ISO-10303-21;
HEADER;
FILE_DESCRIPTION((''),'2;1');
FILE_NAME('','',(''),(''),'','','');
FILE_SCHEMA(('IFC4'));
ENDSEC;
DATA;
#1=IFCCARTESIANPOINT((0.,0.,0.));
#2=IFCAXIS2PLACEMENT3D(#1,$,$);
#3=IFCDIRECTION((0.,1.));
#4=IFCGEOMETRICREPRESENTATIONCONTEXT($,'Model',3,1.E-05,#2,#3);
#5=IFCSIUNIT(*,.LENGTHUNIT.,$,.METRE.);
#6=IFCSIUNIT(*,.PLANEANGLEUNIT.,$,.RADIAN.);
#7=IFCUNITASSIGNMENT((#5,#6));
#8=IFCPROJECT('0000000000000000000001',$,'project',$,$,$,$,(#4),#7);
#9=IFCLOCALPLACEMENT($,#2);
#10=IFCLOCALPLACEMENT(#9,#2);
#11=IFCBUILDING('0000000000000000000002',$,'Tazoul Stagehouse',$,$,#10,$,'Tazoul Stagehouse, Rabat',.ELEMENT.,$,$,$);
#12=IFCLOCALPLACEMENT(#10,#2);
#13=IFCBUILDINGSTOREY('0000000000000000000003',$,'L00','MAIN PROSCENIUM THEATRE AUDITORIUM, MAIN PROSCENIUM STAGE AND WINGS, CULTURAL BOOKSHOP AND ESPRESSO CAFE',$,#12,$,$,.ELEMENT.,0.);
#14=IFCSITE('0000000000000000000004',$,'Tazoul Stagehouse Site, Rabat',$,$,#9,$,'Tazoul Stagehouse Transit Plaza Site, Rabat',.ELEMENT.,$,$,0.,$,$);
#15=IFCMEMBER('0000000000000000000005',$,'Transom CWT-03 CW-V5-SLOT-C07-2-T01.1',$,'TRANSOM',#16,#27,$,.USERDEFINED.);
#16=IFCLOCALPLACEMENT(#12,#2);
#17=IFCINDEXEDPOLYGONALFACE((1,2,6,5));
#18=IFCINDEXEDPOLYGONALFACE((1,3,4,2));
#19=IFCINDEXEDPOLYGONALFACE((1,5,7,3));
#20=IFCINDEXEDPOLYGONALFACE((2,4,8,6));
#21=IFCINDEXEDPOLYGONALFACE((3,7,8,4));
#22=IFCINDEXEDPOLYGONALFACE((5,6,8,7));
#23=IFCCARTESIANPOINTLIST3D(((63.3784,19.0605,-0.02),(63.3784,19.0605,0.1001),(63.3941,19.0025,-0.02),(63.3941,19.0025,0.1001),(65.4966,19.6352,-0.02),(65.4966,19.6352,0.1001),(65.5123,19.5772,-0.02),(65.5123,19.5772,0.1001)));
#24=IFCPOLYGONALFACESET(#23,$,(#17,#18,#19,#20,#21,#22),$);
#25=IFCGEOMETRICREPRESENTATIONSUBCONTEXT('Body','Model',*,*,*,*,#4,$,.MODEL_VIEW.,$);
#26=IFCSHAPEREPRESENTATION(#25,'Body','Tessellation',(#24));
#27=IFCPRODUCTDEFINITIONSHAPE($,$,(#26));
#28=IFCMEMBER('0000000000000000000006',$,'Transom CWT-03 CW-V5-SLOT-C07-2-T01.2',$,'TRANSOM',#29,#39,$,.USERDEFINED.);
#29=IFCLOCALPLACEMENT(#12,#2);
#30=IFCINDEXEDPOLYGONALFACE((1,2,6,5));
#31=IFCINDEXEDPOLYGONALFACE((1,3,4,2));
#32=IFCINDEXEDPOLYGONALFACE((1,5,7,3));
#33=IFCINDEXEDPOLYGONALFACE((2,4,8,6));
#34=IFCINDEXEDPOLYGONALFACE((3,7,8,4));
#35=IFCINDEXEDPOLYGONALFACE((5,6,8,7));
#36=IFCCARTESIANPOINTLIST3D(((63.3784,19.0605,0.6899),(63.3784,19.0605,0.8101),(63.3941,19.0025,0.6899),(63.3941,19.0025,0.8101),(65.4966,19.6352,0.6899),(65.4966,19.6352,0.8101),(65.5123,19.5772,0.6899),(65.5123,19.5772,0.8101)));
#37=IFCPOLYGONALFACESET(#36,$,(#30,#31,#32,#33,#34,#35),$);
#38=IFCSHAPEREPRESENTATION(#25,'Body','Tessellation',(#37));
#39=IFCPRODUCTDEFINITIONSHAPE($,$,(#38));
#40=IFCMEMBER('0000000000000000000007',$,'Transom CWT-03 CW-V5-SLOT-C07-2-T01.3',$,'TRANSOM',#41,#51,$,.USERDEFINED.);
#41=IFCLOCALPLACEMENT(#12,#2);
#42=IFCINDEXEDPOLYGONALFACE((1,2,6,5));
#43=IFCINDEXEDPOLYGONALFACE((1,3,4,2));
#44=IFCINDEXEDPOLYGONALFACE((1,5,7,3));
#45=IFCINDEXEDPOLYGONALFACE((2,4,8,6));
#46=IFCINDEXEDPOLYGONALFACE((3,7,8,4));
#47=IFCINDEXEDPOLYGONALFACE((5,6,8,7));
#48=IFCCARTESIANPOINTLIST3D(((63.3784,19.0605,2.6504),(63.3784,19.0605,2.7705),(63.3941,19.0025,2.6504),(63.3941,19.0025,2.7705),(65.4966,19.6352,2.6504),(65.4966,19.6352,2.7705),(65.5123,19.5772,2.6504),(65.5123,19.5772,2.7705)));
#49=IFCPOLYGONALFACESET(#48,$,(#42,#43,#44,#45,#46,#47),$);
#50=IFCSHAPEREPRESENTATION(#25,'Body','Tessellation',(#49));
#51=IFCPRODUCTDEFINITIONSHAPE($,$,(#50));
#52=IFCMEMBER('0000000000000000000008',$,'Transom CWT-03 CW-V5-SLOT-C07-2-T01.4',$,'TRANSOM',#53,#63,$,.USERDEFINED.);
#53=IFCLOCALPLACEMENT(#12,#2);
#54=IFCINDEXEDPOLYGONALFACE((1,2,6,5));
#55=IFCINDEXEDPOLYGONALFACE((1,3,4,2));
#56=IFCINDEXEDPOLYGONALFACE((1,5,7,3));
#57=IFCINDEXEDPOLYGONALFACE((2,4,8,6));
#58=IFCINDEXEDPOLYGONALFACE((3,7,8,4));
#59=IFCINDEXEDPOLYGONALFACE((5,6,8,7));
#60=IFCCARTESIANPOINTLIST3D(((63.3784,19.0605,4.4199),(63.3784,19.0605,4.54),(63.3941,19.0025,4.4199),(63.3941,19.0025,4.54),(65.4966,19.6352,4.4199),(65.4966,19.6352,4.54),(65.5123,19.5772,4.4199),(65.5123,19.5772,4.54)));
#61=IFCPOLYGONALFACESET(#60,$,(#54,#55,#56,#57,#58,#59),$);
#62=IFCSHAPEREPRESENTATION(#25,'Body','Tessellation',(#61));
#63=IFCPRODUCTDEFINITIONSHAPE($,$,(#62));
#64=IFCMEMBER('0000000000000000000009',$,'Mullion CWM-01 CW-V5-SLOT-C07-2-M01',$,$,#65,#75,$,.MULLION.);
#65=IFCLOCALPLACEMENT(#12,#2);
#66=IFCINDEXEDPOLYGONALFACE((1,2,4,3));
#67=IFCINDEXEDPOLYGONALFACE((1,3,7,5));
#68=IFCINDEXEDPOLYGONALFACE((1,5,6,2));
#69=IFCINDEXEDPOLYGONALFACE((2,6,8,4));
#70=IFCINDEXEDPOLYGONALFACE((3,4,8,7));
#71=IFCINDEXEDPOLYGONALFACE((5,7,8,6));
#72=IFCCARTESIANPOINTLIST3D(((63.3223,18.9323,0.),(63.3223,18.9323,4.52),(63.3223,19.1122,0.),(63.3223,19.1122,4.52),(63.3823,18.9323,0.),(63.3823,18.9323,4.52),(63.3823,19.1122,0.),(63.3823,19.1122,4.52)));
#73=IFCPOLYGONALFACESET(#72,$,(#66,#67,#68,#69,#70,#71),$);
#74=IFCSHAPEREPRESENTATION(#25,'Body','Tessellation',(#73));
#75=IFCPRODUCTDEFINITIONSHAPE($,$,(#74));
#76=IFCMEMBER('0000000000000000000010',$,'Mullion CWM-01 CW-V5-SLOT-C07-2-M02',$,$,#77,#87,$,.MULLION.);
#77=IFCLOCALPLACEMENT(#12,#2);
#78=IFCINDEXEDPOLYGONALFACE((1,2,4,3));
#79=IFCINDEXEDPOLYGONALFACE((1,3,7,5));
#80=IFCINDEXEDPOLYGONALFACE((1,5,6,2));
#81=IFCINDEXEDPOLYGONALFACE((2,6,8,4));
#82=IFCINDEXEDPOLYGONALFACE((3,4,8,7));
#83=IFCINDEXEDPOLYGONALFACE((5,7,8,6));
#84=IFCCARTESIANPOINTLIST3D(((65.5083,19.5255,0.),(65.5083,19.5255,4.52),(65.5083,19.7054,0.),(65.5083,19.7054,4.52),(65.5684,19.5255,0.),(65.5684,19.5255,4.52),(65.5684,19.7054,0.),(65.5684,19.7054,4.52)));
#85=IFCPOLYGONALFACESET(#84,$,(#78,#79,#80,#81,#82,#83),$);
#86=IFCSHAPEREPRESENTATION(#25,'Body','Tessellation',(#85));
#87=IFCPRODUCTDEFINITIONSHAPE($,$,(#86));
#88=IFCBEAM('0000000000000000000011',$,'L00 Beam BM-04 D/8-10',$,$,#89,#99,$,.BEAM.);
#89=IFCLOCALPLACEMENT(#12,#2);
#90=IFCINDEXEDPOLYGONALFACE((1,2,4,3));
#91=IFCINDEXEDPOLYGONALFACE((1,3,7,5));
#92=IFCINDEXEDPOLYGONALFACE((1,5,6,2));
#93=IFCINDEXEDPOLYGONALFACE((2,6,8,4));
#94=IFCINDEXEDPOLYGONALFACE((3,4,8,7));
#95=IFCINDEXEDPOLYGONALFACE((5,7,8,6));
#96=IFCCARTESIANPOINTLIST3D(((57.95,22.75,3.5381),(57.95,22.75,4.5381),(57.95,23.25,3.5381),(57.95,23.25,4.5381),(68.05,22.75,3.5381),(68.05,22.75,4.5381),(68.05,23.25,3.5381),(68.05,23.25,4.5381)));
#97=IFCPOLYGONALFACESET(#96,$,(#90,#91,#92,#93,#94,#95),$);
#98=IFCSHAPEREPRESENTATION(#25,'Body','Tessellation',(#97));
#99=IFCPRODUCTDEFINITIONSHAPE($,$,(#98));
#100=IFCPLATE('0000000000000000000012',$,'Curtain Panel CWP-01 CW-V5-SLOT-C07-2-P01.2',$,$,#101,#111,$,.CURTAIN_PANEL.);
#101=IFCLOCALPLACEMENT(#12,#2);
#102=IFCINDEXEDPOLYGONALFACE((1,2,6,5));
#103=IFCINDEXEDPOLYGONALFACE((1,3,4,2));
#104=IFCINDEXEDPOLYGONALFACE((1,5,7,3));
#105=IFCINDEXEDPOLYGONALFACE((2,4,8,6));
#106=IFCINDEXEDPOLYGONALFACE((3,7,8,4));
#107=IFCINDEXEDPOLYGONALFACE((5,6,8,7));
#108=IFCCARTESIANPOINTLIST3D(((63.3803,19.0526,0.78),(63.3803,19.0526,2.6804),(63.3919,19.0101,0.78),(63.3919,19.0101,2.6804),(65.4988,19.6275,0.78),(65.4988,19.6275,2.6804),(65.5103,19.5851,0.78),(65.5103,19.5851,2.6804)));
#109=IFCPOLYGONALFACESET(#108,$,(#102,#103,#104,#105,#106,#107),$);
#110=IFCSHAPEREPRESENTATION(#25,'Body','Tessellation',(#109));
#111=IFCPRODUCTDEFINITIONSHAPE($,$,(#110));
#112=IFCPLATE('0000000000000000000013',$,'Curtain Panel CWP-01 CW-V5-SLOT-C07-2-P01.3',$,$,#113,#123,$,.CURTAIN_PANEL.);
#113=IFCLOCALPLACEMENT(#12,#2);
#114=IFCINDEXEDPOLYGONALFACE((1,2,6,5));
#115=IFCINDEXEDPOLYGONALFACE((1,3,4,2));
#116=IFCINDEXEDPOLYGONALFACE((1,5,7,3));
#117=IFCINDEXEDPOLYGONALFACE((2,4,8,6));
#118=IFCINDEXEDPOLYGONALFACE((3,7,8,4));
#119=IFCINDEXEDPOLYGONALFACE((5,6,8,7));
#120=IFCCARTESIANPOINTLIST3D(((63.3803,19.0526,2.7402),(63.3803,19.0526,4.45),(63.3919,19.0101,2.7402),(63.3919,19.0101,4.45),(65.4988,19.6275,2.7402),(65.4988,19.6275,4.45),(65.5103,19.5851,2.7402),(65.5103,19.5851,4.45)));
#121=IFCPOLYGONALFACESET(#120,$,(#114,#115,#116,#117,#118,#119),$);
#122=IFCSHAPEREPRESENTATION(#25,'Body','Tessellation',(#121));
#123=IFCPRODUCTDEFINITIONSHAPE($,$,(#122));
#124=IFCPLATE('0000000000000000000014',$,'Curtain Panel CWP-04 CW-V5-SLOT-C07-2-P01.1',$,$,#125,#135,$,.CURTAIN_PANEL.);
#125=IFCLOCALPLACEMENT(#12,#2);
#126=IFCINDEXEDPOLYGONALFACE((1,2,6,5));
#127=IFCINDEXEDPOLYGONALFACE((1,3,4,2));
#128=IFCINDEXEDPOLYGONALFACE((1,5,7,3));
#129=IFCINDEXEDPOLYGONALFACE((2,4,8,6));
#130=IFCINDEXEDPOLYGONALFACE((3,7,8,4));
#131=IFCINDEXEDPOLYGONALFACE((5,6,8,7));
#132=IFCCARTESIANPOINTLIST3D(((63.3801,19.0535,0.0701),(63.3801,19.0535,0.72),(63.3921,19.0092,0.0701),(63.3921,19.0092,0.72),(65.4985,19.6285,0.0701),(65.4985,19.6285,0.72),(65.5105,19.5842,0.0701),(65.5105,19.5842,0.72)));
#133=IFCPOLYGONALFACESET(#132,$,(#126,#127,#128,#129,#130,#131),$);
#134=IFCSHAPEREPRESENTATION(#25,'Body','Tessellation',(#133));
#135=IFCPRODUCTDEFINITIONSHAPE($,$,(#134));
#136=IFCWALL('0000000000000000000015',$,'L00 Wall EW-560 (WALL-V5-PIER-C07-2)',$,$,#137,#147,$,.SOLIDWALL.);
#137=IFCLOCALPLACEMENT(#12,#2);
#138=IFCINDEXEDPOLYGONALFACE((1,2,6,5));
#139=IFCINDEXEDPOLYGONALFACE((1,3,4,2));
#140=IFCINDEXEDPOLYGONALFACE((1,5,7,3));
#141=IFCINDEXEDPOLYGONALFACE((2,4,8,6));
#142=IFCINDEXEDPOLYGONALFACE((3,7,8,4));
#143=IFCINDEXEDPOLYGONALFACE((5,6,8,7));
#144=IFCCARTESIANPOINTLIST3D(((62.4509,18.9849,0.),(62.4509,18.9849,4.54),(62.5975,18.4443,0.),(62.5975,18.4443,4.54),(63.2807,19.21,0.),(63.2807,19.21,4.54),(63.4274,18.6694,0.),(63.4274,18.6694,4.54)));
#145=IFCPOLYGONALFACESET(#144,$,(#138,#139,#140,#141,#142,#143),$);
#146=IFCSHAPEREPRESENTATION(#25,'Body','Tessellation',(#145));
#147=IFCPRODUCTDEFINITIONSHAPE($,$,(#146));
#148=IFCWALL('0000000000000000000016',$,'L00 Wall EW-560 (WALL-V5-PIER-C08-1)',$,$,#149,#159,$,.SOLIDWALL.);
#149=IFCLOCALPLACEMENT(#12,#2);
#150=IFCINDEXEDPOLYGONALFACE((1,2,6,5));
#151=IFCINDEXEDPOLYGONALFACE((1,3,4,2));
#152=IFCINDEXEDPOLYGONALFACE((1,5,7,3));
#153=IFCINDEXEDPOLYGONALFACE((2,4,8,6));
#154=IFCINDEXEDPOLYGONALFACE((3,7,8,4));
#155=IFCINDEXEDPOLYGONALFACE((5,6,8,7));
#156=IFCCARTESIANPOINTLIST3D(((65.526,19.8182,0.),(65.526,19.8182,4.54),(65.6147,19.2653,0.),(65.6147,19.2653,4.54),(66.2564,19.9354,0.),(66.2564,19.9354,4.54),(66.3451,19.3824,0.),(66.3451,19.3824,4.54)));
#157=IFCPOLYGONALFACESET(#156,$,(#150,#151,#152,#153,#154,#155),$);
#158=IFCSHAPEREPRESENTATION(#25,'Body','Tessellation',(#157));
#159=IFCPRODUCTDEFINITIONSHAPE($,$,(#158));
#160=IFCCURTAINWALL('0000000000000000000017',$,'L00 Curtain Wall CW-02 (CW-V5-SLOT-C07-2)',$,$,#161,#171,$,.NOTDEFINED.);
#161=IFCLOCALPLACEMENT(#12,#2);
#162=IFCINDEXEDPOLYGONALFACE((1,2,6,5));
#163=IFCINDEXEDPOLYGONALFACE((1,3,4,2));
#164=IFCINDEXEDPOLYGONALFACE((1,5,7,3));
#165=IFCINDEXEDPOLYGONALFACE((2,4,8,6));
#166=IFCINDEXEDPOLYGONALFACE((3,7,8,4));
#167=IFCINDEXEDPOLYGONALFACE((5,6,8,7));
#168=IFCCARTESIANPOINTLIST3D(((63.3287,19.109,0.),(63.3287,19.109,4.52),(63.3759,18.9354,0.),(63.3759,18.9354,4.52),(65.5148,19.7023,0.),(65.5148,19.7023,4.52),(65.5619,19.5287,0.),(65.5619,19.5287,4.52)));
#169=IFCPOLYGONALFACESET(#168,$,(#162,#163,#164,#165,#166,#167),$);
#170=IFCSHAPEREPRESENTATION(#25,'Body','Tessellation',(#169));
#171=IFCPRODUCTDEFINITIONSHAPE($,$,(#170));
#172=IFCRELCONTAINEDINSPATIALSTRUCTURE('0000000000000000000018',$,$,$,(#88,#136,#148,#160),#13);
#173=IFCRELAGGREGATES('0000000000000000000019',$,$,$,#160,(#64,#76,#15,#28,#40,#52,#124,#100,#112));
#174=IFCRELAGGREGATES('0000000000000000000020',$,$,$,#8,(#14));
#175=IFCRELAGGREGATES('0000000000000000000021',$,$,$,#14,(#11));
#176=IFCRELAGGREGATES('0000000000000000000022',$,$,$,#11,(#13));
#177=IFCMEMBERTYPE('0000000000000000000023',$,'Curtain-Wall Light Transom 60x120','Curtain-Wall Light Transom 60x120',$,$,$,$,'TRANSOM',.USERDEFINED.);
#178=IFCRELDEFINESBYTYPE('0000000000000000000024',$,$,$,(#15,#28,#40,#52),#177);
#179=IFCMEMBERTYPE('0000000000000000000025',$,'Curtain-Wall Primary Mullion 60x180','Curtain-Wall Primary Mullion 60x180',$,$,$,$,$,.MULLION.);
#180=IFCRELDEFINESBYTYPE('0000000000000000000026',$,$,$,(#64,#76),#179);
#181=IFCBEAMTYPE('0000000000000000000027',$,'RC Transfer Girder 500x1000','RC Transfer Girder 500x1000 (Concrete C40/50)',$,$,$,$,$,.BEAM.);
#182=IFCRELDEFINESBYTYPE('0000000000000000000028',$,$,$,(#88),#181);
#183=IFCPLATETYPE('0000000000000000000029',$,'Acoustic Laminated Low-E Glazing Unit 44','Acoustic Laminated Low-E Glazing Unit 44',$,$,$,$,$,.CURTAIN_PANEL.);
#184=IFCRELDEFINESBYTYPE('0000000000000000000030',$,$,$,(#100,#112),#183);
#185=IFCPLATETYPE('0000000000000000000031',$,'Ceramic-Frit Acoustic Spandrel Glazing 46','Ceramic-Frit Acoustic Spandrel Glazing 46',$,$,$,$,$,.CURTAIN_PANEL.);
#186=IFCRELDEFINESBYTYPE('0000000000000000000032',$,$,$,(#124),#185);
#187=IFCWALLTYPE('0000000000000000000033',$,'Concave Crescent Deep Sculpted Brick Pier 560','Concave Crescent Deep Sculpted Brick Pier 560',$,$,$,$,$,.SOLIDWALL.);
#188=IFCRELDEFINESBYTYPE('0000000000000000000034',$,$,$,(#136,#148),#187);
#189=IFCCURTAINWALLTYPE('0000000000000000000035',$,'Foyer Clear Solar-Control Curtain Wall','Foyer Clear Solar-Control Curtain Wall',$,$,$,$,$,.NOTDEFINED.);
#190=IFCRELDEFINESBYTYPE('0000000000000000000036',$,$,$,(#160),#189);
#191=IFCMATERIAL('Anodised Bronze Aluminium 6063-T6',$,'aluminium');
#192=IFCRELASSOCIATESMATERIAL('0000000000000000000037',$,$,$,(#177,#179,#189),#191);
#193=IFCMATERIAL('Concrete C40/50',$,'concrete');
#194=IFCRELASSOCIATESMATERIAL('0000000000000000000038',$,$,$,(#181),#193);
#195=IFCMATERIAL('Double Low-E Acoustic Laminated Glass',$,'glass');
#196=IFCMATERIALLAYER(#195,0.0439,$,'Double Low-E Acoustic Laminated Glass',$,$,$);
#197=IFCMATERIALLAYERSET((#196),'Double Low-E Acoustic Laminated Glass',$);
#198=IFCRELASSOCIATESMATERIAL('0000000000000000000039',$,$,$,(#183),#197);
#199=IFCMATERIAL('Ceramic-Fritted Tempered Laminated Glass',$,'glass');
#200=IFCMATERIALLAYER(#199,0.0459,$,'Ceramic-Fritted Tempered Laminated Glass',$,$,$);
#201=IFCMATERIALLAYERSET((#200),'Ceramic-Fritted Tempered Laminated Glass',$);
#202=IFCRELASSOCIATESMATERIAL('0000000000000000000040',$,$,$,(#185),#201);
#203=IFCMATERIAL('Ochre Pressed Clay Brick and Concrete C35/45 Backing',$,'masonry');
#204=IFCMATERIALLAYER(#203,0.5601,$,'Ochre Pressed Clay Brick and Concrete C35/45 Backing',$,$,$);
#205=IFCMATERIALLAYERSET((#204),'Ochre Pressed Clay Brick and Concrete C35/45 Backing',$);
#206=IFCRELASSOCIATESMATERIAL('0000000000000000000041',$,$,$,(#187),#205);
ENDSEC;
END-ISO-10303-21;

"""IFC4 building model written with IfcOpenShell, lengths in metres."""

from ifc_helpers import new_model, si_unit, direction, frame, frame_2d, origin, origin_2d, place, context, subcontext, project, spatial, rectangle, extrude, material, layer, layer_set, material_profile, profile_set, type_object, element, aggregate, save


model = new_model("IFC4")

# Units and contexts
model_context = context("Model", 3, precision=1e-05, world=origin(), true_north=direction((0.0, 1.0)))
body_context = subcontext(model_context, "Body", "Model", "MODEL_VIEW")
ifc_project = project(units=[si_unit("LENGTHUNIT", "METRE"), si_unit("PLANEANGLEUNIT", "RADIAN")], contexts=[model_context])

# Members
ifc_material_1 = material(Name="Anodised Bronze Aluminium 6063-T6", Category="aluminium")
ifc_material_profile_1 = material_profile(ifc_material_1, rectangle(XDim=0.0601, YDim=0.1201, at=origin_2d()), Name="ALU TRANSOM 60x120")
ifc_profile_set_1 = profile_set([ifc_material_profile_1], Name="Anodised Bronze Aluminium 6063-T6")
member_type_1 = type_object("IfcMemberType", Name="Curtain-Wall Light Transom 60x120", Description="Curtain-Wall Light Transom 60x120", ElementType="TRANSOM", PredefinedType="USERDEFINED", material=ifc_profile_set_1)
site_placement = place(None, origin())
building_placement = place(site_placement, origin())
storey_placement = place(building_placement, origin())
member_1_placement = place(storey_placement, frame((63.3862, 19.0315, 0.04), z_axis=(0.965107, 0.261856, 0.0), x_axis=(-0.261856, 0.965107, 0.0)))
member_1 = element("IfcMember", 1, at=member_1_placement, type_object=member_type_1, Name="Transom CWT-03 CW-V5-SLOT-C07-2-T01.1", ObjectType="TRANSOM", PredefinedType="USERDEFINED", context=body_context, shape_type="SweptSolid", body=[
    extrude(rectangle(XDim=0.0601, YDim=0.1201, at=origin_2d()), origin(), (0.0, 0.0, 1.0), 2.1948),
])
member_2_placement = place(storey_placement, frame((63.3862, 19.0315, 0.75), z_axis=(0.965107, 0.261856, 0.0), x_axis=(-0.261856, 0.965107, 0.0)))
member_2 = element("IfcMember", 2, at=member_2_placement, type_object=member_type_1, Name="Transom CWT-03 CW-V5-SLOT-C07-2-T01.2", ObjectType="TRANSOM", PredefinedType="USERDEFINED", context=body_context, shape_type="SweptSolid", body=[
    extrude(rectangle(XDim=0.0601, YDim=0.1201, at=origin_2d()), origin(), (0.0, 0.0, 1.0), 2.1948),
])
member_3_placement = place(storey_placement, frame((63.3862, 19.0315, 2.7104), z_axis=(0.965107, 0.261856, 0.0), x_axis=(-0.261856, 0.965107, 0.0)))
member_3 = element("IfcMember", 3, at=member_3_placement, type_object=member_type_1, Name="Transom CWT-03 CW-V5-SLOT-C07-2-T01.3", ObjectType="TRANSOM", PredefinedType="USERDEFINED", context=body_context, shape_type="SweptSolid", body=[
    extrude(rectangle(XDim=0.0601, YDim=0.1201, at=origin_2d()), origin(), (0.0, 0.0, 1.0), 2.1948),
])
member_4_placement = place(storey_placement, frame((63.3862, 19.0315, 4.48), z_axis=(0.965107, 0.261856, 0.0), x_axis=(-0.261856, 0.965107, 0.0)))
member_4 = element("IfcMember", 4, at=member_4_placement, type_object=member_type_1, Name="Transom CWT-03 CW-V5-SLOT-C07-2-T01.4", ObjectType="TRANSOM", PredefinedType="USERDEFINED", context=body_context, shape_type="SweptSolid", body=[
    extrude(rectangle(XDim=0.0601, YDim=0.1201, at=origin_2d()), origin(), (0.0, 0.0, 1.0), 2.1948),
])
ifc_material_profile_2 = material_profile(ifc_material_1, rectangle(XDim=0.0601, YDim=0.1799, at=origin_2d()), Name="ALU MULLION 60x180")
ifc_profile_set_2 = profile_set([ifc_material_profile_2], Name="Anodised Bronze Aluminium 6063-T6")
member_type_2 = type_object("IfcMemberType", Name="Curtain-Wall Primary Mullion 60x180", Description="Curtain-Wall Primary Mullion 60x180", PredefinedType="MULLION", material=ifc_profile_set_2)
member_5_placement = place(storey_placement, frame((63.3523, 19.0222, 0.0), z_axis=(0.0, 0.0, 1.0), x_axis=(1.0, 0.0, 0.0)))
member_5 = element("IfcMember", 5, at=member_5_placement, type_object=member_type_2, Name="Mullion CWM-01 CW-V5-SLOT-C07-2-M01", PredefinedType="MULLION", context=body_context, shape_type="SweptSolid", body=[
    extrude(rectangle(XDim=0.0601, YDim=0.1799, at=origin_2d()), origin(), (0.0, 0.0, 1.0), 4.52),
])
member_6_placement = place(storey_placement, frame((65.5383, 19.6155, 0.0), z_axis=(0.0, 0.0, 1.0), x_axis=(1.0, 0.0, 0.0)))
member_6 = element("IfcMember", 6, at=member_6_placement, type_object=member_type_2, Name="Mullion CWM-01 CW-V5-SLOT-C07-2-M02", PredefinedType="MULLION", context=body_context, shape_type="SweptSolid", body=[
    extrude(rectangle(XDim=0.0601, YDim=0.1799, at=origin_2d()), origin(), (0.0, 0.0, 1.0), 4.52),
])

# Site, building, storey
site = spatial("IfcSite", under=ifc_project, at=site_placement, Name="Tazoul Stagehouse Site, Rabat", LongName="Tazoul Stagehouse Transit Plaza Site, Rabat", CompositionType="ELEMENT", RefElevation=0.0)
building = spatial("IfcBuilding", under=site, at=building_placement, Name="Tazoul Stagehouse", LongName="Tazoul Stagehouse, Rabat", CompositionType="ELEMENT")
storey = spatial("IfcBuildingStorey", under=building, at=storey_placement, Name="L00", Description="MAIN PROSCENIUM THEATRE AUDITORIUM, MAIN PROSCENIUM STAGE AND WINGS, CULTURAL BOOKSHOP AND ESPRESSO CAFE", CompositionType="ELEMENT", Elevation=0.0)

# Beam
ifc_material_2 = material(Name="Concrete C40/50", Category="concrete")
ifc_material_profile_3 = material_profile(ifc_material_2, rectangle(XDim=0.5, YDim=1.0, at=origin_2d()), Name="RC 500x1000")
ifc_profile_set_3 = profile_set([ifc_material_profile_3], Name="Concrete C40/50")
beam_type = type_object("IfcBeamType", Name="RC Transfer Girder 500x1000", Description="RC Transfer Girder 500x1000 (Concrete C40/50)", PredefinedType="BEAM", material=ifc_profile_set_3)
beam_placement = place(storey_placement, frame((57.95, 23.0, 4.0381), z_axis=(1.0, 0.0, 0.0), x_axis=(0.0, 1.0, 0.0)))
element("IfcBeam", 7, at=beam_placement, inside=storey, type_object=beam_type, Name="L00 Beam BM-04 D/8-10", PredefinedType="BEAM", context=body_context, shape_type="SweptSolid", body=[
    extrude(rectangle(XDim=0.5, YDim=1.0, at=origin_2d()), origin(), (0.0, 0.0, 1.0), 10.1001),
])

# Plates
ifc_material_3 = material(Name="Double Low-E Acoustic Laminated Glass", Category="glass")
ifc_layer_1 = layer(ifc_material_3, 0.0439, Name="Double Low-E Acoustic Laminated Glass")
ifc_layer_set_1 = layer_set([ifc_layer_1], Name="Double Low-E Acoustic Laminated Glass")
plate_type_1 = type_object("IfcPlateType", Name="Acoustic Laminated Low-E Glazing Unit 44", Description="Acoustic Laminated Low-E Glazing Unit 44", PredefinedType="CURTAIN_PANEL", material=ifc_layer_set_1)
plate_1_placement = place(storey_placement, frame((64.4453, 19.3188, 0.78), z_axis=(0.0, 0.0, 1.0), x_axis=(0.965083, 0.261945, 0.0)))
plate_1 = element("IfcPlate", 8, at=plate_1_placement, type_object=plate_type_1, Name="Curtain Panel CWP-01 CW-V5-SLOT-C07-2-P01.2", PredefinedType="CURTAIN_PANEL", context=body_context, shape_type="SweptSolid", body=[
    extrude(rectangle(XDim=2.1951, YDim=0.0439, at=origin_2d()), origin(), (0.0, 0.0, 1.0), 1.9004),
])
plate_2_placement = place(storey_placement, frame((64.4453, 19.3188, 2.7402), z_axis=(0.0, 0.0, 1.0), x_axis=(0.965083, 0.261945, 0.0)))
plate_2 = element("IfcPlate", 9, at=plate_2_placement, type_object=plate_type_1, Name="Curtain Panel CWP-01 CW-V5-SLOT-C07-2-P01.3", PredefinedType="CURTAIN_PANEL", context=body_context, shape_type="SweptSolid", body=[
    extrude(rectangle(XDim=2.1951, YDim=0.0439, at=origin_2d()), origin(), (0.0, 0.0, 1.0), 1.7097),
])
ifc_material_4 = material(Name="Ceramic-Fritted Tempered Laminated Glass", Category="glass")
ifc_layer_2 = layer(ifc_material_4, 0.0459, Name="Ceramic-Fritted Tempered Laminated Glass")
ifc_layer_set_2 = layer_set([ifc_layer_2], Name="Ceramic-Fritted Tempered Laminated Glass")
plate_type_2 = type_object("IfcPlateType", Name="Ceramic-Frit Acoustic Spandrel Glazing 46", Description="Ceramic-Frit Acoustic Spandrel Glazing 46", PredefinedType="CURTAIN_PANEL", material=ifc_layer_set_2)
plate_3_placement = place(storey_placement, frame((64.4453, 19.3188, 0.0701), z_axis=(0.0, 0.0, 1.0), x_axis=(0.965083, 0.261945, 0.0)))
plate_3 = element("IfcPlate", 10, at=plate_3_placement, type_object=plate_type_2, Name="Curtain Panel CWP-04 CW-V5-SLOT-C07-2-P01.1", PredefinedType="CURTAIN_PANEL", context=body_context, shape_type="SweptSolid", body=[
    extrude(rectangle(XDim=2.1951, YDim=0.0459, at=origin_2d()), origin(), (0.0, 0.0, 1.0), 0.6499),
])

# Walls
ifc_material_5 = material(Name="Ochre Pressed Clay Brick and Concrete C35/45 Backing", Category="masonry")
ifc_layer_3 = layer(ifc_material_5, 0.5601, Name="Ochre Pressed Clay Brick and Concrete C35/45 Backing")
ifc_layer_set_3 = layer_set([ifc_layer_3], Name="Ochre Pressed Clay Brick and Concrete C35/45 Backing")
wall_type_1 = type_object("IfcWallType", Name="Concave Crescent Deep Sculpted Brick Pier 560", Description="Concave Crescent Deep Sculpted Brick Pier 560", PredefinedType="SOLIDWALL", material=ifc_layer_set_3)
wall_1_placement = place(storey_placement, frame((62.5242, 18.7146, 0.0), z_axis=(0.0, 0.0, 1.0), x_axis=(0.965123, 0.261796, 0.0)))
element("IfcWall", 11, at=wall_1_placement, inside=storey, type_object=wall_type_1, Name="L00 Wall EW-560 (WALL-V5-PIER-C07-2)", PredefinedType="SOLIDWALL", context=body_context, shape_type="SweptSolid", body=[
    extrude(rectangle(XDim=0.8599, YDim=0.5601, at=frame_2d((0.4299, 0.0))), origin(), (0.0, 0.0, 1.0), 4.54),
])
wall_2_placement = place(storey_placement, frame((65.5703, 19.5417, 0.0), z_axis=(0.0, 0.0, 1.0), x_axis=(0.987375, 0.158402, 0.0)))
element("IfcWall", 12, at=wall_2_placement, inside=storey, type_object=wall_type_1, Name="L00 Wall EW-560 (WALL-V5-PIER-C08-1)", PredefinedType="SOLIDWALL", context=body_context, shape_type="SweptSolid", body=[
    extrude(rectangle(XDim=0.7397, YDim=0.5601, at=frame_2d((0.3699, 0.0))), origin(), (0.0, 0.0, 1.0), 4.54),
])

# Curtain wall
curtain_wall_type = type_object("IfcCurtainWallType", Name="Foyer Clear Solar-Control Curtain Wall", Description="Foyer Clear Solar-Control Curtain Wall", PredefinedType="NOTDEFINED", material=ifc_material_1)
curtain_wall_1_placement = place(storey_placement, frame((63.3523, 19.0222, 0.0), z_axis=(0.0, 0.0, 1.0), x_axis=(0.965091, 0.261913, 0.0)))
curtain_wall_1 = element("IfcCurtainWall", 13, at=curtain_wall_1_placement, inside=storey, type_object=curtain_wall_type, Name="L00 Curtain Wall CW-02 (CW-V5-SLOT-C07-2)", PredefinedType="NOTDEFINED", context=body_context, shape_type="SweptSolid", body=[
    extrude(rectangle(XDim=2.2651, YDim=0.1799, at=frame_2d((1.1326, 0.0))), origin(), (0.0, 0.0, 1.0), 4.52),
])
aggregate(curtain_wall_1, [member_5, member_6, member_1, member_2, member_3, member_4, plate_3, plate_1, plate_2])

save(model, "model.ifc")
